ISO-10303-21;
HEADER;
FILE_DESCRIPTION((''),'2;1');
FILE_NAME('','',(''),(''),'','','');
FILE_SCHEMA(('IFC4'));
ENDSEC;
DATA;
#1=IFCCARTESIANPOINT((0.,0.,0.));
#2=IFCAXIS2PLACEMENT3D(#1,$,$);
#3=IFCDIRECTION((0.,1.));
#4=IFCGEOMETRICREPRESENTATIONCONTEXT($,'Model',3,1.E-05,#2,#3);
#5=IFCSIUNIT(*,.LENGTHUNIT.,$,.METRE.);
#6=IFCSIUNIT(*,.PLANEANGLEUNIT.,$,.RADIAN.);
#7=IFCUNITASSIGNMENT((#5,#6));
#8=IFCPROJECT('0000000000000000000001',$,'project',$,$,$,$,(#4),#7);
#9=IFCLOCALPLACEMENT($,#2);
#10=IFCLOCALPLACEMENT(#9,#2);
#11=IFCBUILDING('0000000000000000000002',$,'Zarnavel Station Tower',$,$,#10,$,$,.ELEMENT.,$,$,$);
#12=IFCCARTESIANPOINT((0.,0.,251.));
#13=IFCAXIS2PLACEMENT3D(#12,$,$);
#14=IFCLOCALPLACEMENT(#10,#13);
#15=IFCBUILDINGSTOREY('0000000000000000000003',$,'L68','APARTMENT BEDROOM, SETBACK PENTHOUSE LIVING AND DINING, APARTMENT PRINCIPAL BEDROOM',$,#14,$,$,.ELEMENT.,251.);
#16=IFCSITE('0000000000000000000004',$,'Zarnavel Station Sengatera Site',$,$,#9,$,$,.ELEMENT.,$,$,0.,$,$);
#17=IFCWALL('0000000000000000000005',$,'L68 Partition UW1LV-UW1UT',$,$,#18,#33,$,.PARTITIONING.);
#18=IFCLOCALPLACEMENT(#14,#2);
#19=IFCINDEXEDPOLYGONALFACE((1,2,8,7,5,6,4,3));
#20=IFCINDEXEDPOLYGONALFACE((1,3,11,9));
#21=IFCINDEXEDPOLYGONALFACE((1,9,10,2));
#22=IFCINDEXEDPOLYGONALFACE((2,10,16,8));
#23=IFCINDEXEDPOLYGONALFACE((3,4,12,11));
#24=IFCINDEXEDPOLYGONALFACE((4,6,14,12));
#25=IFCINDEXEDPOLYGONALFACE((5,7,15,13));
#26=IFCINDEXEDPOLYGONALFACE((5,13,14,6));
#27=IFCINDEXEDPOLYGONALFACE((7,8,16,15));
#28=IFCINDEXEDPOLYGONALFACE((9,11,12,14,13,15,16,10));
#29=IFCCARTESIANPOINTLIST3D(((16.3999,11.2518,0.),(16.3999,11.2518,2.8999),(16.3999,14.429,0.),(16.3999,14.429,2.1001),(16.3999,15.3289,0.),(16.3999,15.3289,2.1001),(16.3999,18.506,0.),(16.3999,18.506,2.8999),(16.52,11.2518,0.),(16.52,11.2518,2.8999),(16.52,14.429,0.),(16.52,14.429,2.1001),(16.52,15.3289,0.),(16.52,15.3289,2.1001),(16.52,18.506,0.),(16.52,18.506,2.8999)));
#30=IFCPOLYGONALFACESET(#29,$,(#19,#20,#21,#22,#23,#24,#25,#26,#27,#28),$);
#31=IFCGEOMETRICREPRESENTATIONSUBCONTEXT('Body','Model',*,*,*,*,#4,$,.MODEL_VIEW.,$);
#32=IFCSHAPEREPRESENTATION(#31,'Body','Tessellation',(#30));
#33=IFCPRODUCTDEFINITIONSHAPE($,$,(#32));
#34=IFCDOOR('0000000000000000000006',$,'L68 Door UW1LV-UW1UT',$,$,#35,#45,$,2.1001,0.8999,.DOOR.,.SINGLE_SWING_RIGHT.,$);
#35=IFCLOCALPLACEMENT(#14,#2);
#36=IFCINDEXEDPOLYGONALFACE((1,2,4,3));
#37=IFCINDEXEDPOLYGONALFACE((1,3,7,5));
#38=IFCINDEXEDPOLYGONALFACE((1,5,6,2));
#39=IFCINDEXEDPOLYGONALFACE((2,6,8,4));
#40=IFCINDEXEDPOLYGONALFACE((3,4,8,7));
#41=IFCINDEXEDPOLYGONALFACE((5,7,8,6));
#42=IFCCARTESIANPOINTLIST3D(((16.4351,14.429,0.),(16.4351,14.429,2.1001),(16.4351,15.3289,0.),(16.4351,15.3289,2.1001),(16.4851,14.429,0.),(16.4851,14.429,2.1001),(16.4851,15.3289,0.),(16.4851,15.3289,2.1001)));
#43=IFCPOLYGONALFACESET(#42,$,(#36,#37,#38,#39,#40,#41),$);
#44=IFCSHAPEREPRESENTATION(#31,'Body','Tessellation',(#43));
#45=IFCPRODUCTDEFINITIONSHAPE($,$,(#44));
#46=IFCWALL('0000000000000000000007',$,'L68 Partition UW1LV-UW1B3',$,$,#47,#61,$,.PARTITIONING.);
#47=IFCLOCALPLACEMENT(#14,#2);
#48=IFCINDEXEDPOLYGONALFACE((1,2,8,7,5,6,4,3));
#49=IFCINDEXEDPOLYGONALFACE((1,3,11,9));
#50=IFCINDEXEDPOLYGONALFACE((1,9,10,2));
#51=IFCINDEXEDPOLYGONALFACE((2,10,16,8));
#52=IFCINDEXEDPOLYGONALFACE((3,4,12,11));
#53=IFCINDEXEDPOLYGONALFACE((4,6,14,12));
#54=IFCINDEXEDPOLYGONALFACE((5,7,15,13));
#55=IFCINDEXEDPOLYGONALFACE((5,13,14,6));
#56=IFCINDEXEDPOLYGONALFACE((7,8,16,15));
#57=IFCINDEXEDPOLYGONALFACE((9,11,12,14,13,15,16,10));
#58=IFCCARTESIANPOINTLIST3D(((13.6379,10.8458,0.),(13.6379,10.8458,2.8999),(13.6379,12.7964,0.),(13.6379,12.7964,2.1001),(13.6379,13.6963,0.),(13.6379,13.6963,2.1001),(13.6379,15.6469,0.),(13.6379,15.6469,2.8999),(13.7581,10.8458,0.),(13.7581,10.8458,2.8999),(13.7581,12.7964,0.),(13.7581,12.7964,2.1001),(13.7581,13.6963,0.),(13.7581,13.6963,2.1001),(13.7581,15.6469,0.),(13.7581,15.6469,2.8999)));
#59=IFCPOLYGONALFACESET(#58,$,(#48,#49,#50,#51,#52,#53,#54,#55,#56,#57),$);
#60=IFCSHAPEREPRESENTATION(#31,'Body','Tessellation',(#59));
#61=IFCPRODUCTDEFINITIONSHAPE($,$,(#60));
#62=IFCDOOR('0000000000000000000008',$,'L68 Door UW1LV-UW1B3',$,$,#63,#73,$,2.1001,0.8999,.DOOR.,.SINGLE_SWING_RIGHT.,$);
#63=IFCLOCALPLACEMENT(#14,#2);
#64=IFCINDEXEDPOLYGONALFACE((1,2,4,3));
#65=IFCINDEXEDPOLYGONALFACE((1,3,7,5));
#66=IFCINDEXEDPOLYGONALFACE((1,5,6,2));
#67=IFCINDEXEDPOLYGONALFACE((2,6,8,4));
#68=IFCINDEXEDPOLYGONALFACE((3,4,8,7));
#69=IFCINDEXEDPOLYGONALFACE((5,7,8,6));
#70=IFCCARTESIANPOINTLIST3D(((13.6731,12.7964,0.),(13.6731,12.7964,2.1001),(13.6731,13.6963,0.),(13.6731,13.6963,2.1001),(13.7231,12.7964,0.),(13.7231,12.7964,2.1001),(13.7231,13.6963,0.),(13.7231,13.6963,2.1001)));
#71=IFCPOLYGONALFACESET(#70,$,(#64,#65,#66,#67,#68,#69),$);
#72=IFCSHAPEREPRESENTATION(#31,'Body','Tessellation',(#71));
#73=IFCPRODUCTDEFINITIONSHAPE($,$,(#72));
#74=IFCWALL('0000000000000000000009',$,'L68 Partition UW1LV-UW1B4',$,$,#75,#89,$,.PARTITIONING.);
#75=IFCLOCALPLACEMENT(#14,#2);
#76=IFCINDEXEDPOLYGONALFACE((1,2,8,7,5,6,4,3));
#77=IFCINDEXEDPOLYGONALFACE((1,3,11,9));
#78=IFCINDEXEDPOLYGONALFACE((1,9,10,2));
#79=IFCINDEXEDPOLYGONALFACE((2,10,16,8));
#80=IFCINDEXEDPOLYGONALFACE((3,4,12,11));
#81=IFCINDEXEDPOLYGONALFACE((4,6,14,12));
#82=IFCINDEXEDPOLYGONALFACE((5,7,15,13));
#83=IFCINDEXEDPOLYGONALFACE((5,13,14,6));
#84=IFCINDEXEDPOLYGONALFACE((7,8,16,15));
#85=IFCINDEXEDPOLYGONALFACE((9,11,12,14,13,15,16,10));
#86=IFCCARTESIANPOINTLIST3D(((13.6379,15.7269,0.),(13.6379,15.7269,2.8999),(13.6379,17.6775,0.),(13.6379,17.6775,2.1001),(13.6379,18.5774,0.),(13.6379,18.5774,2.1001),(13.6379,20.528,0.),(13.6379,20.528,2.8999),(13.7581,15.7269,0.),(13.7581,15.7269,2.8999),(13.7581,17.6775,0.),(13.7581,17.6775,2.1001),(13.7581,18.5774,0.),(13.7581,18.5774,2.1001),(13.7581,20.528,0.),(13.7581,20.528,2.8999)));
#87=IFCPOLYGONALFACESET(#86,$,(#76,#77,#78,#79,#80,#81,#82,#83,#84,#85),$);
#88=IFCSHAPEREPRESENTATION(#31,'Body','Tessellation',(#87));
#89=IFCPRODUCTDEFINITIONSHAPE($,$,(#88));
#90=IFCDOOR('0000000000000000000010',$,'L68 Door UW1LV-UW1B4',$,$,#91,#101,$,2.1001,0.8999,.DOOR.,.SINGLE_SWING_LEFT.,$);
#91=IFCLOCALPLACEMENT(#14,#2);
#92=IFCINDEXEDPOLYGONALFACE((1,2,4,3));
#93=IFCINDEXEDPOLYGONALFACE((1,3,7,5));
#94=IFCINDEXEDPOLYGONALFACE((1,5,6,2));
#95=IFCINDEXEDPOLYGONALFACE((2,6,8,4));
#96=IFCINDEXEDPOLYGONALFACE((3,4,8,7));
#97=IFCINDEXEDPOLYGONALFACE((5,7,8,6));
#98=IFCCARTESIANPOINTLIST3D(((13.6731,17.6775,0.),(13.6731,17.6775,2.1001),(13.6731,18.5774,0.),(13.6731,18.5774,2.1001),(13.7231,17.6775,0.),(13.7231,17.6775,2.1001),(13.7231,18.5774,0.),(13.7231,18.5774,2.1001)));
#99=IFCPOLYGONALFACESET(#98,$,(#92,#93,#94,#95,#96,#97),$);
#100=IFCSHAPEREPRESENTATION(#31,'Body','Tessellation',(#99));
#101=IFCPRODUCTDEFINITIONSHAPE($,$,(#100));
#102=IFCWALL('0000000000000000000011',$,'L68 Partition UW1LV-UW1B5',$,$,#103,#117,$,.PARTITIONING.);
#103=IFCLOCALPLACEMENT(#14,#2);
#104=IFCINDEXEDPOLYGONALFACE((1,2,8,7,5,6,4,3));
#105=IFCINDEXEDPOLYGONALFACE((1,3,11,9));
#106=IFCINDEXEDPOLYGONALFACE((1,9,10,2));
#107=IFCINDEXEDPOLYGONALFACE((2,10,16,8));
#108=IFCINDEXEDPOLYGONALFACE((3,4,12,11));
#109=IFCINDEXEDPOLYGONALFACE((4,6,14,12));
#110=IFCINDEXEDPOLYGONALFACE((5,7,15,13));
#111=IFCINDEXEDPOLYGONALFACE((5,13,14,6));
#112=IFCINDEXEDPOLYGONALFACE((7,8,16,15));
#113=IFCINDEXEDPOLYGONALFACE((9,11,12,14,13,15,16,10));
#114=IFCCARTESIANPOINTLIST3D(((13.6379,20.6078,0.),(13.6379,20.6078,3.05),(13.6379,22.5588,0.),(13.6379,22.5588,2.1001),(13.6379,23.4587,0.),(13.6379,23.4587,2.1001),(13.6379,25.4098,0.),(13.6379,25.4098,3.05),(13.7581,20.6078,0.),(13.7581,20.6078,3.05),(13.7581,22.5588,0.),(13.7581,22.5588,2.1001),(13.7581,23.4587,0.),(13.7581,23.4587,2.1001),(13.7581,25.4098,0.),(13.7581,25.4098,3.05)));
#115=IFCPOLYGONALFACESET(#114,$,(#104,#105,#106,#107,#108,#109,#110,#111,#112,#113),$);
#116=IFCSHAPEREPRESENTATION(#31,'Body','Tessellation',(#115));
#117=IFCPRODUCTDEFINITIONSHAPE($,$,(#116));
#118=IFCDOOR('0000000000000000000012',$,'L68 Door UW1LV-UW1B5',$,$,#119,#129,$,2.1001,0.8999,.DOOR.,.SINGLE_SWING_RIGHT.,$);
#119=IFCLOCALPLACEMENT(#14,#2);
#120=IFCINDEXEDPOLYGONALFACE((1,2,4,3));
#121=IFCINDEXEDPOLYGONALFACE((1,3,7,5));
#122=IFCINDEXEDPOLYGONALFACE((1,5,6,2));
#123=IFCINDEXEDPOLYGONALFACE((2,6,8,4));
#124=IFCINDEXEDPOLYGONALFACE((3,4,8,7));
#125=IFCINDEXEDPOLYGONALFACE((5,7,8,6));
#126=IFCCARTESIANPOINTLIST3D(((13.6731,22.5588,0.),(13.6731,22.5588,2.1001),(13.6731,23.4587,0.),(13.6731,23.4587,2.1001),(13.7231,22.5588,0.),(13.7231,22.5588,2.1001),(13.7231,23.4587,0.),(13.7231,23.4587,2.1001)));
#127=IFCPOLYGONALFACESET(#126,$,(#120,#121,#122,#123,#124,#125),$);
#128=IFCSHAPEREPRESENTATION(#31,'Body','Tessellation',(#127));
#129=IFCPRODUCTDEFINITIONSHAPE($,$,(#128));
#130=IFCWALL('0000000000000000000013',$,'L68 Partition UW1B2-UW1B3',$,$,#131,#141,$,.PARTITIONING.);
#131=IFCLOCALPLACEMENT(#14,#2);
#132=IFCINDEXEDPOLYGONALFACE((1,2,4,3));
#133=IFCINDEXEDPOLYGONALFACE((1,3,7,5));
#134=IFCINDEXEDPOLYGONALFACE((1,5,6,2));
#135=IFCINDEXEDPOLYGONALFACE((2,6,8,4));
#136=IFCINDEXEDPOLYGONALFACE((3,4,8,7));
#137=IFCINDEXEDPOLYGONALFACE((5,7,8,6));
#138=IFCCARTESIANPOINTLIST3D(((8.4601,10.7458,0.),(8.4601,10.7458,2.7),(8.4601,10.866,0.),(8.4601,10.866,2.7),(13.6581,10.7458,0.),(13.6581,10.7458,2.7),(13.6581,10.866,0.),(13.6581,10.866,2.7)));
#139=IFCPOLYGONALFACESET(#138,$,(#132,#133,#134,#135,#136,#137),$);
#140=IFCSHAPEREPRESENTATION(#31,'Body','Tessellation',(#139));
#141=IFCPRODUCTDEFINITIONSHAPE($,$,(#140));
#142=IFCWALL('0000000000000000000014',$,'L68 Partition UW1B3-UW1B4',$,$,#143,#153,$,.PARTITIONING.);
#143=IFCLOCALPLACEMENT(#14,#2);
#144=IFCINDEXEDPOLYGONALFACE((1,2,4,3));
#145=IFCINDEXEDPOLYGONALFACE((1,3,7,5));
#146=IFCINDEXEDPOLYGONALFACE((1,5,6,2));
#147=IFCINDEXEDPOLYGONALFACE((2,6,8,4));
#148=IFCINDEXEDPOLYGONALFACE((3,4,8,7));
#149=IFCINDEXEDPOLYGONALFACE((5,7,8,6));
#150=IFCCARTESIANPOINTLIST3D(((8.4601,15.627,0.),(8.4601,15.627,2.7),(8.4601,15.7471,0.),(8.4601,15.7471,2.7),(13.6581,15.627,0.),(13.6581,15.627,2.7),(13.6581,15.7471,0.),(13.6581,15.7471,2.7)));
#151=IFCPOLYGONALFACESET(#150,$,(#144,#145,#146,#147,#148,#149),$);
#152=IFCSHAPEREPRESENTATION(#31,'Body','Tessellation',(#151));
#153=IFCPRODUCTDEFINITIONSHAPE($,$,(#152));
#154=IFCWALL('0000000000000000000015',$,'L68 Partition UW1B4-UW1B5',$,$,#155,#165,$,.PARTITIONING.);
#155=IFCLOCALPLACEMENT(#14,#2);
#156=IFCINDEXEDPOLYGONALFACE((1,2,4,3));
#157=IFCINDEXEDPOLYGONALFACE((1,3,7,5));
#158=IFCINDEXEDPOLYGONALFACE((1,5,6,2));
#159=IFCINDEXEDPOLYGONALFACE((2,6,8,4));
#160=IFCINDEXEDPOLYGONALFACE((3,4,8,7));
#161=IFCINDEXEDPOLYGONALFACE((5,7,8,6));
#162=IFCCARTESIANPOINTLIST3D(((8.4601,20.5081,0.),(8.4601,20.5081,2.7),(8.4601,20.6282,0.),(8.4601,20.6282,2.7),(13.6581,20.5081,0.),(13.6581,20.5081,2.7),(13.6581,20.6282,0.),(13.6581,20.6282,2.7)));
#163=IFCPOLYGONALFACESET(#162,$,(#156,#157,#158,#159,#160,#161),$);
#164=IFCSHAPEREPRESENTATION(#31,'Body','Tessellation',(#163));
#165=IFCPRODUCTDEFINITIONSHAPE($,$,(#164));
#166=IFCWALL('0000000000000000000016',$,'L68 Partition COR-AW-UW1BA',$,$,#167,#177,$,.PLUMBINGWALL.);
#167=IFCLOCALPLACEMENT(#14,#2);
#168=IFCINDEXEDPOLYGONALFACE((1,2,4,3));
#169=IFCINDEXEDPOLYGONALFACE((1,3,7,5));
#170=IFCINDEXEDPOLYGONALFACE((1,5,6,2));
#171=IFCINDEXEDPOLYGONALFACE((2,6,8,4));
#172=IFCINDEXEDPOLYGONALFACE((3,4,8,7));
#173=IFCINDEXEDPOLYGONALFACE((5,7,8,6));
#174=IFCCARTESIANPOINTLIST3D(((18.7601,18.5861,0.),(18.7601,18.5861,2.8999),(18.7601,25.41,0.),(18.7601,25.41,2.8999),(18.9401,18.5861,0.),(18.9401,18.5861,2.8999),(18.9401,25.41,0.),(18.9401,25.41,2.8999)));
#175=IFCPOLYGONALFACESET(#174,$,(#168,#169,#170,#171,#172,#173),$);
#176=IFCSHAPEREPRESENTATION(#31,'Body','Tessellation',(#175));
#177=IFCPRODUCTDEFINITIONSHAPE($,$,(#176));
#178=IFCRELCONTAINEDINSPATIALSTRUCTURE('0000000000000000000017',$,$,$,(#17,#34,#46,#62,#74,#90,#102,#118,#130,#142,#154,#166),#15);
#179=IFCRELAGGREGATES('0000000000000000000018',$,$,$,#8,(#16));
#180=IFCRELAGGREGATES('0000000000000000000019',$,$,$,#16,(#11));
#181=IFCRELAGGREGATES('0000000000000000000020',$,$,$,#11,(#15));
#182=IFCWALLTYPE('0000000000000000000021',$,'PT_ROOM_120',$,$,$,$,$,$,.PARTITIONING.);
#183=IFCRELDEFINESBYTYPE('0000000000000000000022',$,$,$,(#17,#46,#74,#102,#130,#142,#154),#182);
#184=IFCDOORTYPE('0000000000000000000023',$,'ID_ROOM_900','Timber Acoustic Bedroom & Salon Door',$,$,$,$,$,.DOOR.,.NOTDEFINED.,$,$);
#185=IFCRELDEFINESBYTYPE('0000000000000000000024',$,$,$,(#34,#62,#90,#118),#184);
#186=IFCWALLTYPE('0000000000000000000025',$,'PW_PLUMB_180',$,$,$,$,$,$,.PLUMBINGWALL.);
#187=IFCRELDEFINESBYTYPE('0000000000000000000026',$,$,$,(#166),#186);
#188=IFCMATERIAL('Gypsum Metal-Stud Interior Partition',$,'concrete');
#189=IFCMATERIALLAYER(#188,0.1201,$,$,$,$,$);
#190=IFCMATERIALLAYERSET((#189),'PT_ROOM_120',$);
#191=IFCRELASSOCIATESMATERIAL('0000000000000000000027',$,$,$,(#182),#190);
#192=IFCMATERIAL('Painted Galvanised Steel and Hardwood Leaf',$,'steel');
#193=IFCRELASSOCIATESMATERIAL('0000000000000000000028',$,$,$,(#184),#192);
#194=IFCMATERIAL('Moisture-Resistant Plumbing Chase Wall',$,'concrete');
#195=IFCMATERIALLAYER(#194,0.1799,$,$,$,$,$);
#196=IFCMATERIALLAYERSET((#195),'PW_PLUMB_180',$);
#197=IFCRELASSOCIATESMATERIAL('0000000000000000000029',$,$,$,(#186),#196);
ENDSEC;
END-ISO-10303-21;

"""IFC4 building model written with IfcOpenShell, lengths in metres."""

from ifc_helpers import new_model, si_unit, direction, frame, frame_2d, origin, place, context, subcontext, project, spatial, rectangle, extrude, material, layer, layer_set, type_object, element, fill, save


model = new_model("IFC4")

# Units and contexts
model_context = context("Model", 3, precision=1e-05, world=origin(), true_north=direction((0.0, 1.0)))
body_context = subcontext(model_context, "Body", "Model", "MODEL_VIEW")
ifc_project = project(units=[si_unit("LENGTHUNIT", "METRE"), si_unit("PLANEANGLEUNIT", "RADIAN")], contexts=[model_context])

# Site, building, storey
site_placement = place(None, origin())
site = spatial("IfcSite", under=ifc_project, at=site_placement, Name="Zarnavel Station Sengatera Site", CompositionType="ELEMENT", RefElevation=0.0)
building_placement = place(site_placement, origin())
building = spatial("IfcBuilding", under=site, at=building_placement, Name="Zarnavel Station Tower", CompositionType="ELEMENT")
storey_placement = place(building_placement, frame((0.0, 0.0, 251.0)))
storey = spatial("IfcBuildingStorey", under=building, at=storey_placement, Name="L68", Description="APARTMENT BEDROOM, SETBACK PENTHOUSE LIVING AND DINING, APARTMENT PRINCIPAL BEDROOM", CompositionType="ELEMENT", Elevation=251.0)

# Walls, openings, doors
ifc_material_1 = material(Name="Gypsum Metal-Stud Interior Partition", Category="concrete")
ifc_layer_1 = layer(ifc_material_1, 0.1201)
ifc_layer_set_1 = layer_set([ifc_layer_1], Name="PT_ROOM_120")
wall_type_1 = type_object("IfcWallType", Name="PT_ROOM_120", PredefinedType="PARTITIONING", material=ifc_layer_set_1)
wall_1_placement = place(storey_placement, frame((16.46, 11.252, 0.0), z_axis=(0.0, 0.0, 1.0), x_axis=(0.0, 1.0, 0.0)))
wall_1 = element("IfcWall", 1, at=wall_1_placement, inside=storey, type_object=wall_type_1, Name="L68 Partition UW1LV-UW1UT", PredefinedType="PARTITIONING", context=body_context, shape_type="SweptSolid", body=[
    extrude(rectangle(XDim=7.2542, YDim=0.1201, at=frame_2d((3.627, 0.0))), origin(), (0.0, 0.0, 1.0), 2.8999),
])
opening_1_placement = place(wall_1_placement, frame((3.177, 0.0, 0.0)))
opening_1 = element("IfcOpeningElement", 2, at=opening_1_placement, cuts=wall_1, PredefinedType="OPENING", context=body_context, shape_type="SweptSolid", body=[
    extrude(rectangle(XDim=0.8999, YDim=2.1001, at=frame_2d((0.45, 1.05))), frame((0.0, 0.0701, 0.0), z_axis=(0.0, -1.0, 0.0), x_axis=(1.0, 0.0, 0.0)), (0.0, 0.0, 1.0), 0.1401),
])
ifc_material_2 = material(Name="Painted Galvanised Steel and Hardwood Leaf", Category="steel")
door_type_1 = type_object("IfcDoorType", Name="ID_ROOM_900", Description="Timber Acoustic Bedroom & Salon Door", OperationType="NOTDEFINED", PredefinedType="DOOR", material=ifc_material_2)
door_1_placement = place(opening_1_placement, origin())
door_1 = element("IfcDoor", 3, at=door_1_placement, inside=storey, type_object=door_type_1, Name="L68 Door UW1LV-UW1UT", OperationType="SINGLE_SWING_RIGHT", OverallHeight=2.1001, OverallWidth=0.8999, PredefinedType="DOOR", context=body_context, shape_type="SweptSolid", body=[
    extrude(rectangle(XDim=0.8999, YDim=2.1001, at=frame_2d((0.45, 1.05))), frame((0.0, 0.0249, 0.0), z_axis=(0.0, -1.0, 0.0), x_axis=(1.0, 0.0, 0.0)), (0.0, 0.0, 1.0), 0.05),
])
fill(opening_1, door_1)
wall_2_placement = place(storey_placement, frame((13.698, 10.8459, 0.0), z_axis=(0.0, 0.0, 1.0), x_axis=(0.0, 1.0, 0.0)))
wall_2 = element("IfcWall", 4, at=wall_2_placement, inside=storey, type_object=wall_type_1, Name="L68 Partition UW1LV-UW1B3", PredefinedType="PARTITIONING", context=body_context, shape_type="SweptSolid", body=[
    extrude(rectangle(XDim=4.801, YDim=0.1201, at=frame_2d((2.4004, 0.0))), origin(), (0.0, 0.0, 1.0), 2.8999),
])
opening_2_placement = place(wall_2_placement, frame((1.9504, 0.0, 0.0)))
opening_2 = element("IfcOpeningElement", 5, at=opening_2_placement, cuts=wall_2, PredefinedType="OPENING", context=body_context, shape_type="SweptSolid", body=[
    extrude(rectangle(XDim=0.8999, YDim=2.1001, at=frame_2d((0.45, 1.05))), frame((0.0, 0.0701, 0.0), z_axis=(0.0, -1.0, 0.0), x_axis=(1.0, 0.0, 0.0)), (0.0, 0.0, 1.0), 0.1401),
])
door_2_placement = place(opening_2_placement, origin())
door_2 = element("IfcDoor", 6, at=door_2_placement, inside=storey, type_object=door_type_1, Name="L68 Door UW1LV-UW1B3", OperationType="SINGLE_SWING_RIGHT", OverallHeight=2.1001, OverallWidth=0.8999, PredefinedType="DOOR", context=body_context, shape_type="SweptSolid", body=[
    extrude(rectangle(XDim=0.8999, YDim=2.1001, at=frame_2d((0.45, 1.05))), frame((0.0, 0.0249, 0.0), z_axis=(0.0, -1.0, 0.0), x_axis=(1.0, 0.0, 0.0)), (0.0, 0.0, 1.0), 0.05),
])
fill(opening_2, door_2)
wall_3_placement = place(storey_placement, frame((13.698, 15.7271, 0.0), z_axis=(0.0, 0.0, 1.0), x_axis=(0.0, 1.0, 0.0)))
wall_3 = element("IfcWall", 7, at=wall_3_placement, inside=storey, type_object=wall_type_1, Name="L68 Partition UW1LV-UW1B4", PredefinedType="PARTITIONING", context=body_context, shape_type="SweptSolid", body=[
    extrude(rectangle(XDim=4.801, YDim=0.1201, at=frame_2d((2.4004, 0.0))), origin(), (0.0, 0.0, 1.0), 2.8999),
])
opening_3_placement = place(wall_3_placement, frame((1.9504, 0.0, 0.0)))
opening_3 = element("IfcOpeningElement", 8, at=opening_3_placement, cuts=wall_3, PredefinedType="OPENING", context=body_context, shape_type="SweptSolid", body=[
    extrude(rectangle(XDim=0.8999, YDim=2.1001, at=frame_2d((0.45, 1.05))), frame((0.0, 0.0701, 0.0), z_axis=(0.0, -1.0, 0.0), x_axis=(1.0, 0.0, 0.0)), (0.0, 0.0, 1.0), 0.1401),
])
door_3_placement = place(opening_3_placement, origin())
door_3 = element("IfcDoor", 9, at=door_3_placement, inside=storey, type_object=door_type_1, Name="L68 Door UW1LV-UW1B4", OperationType="SINGLE_SWING_LEFT", OverallHeight=2.1001, OverallWidth=0.8999, PredefinedType="DOOR", context=body_context, shape_type="SweptSolid", body=[
    extrude(rectangle(XDim=0.8999, YDim=2.1001, at=frame_2d((0.45, 1.05))), frame((0.0, 0.0249, 0.0), z_axis=(0.0, -1.0, 0.0), x_axis=(1.0, 0.0, 0.0)), (0.0, 0.0, 1.0), 0.05),
])
fill(opening_3, door_3)
wall_4_placement = place(storey_placement, frame((13.698, 20.6079, 0.0), z_axis=(0.0, 0.0, 1.0), x_axis=(0.0, 1.0, 0.0)))
wall_4 = element("IfcWall", 10, at=wall_4_placement, inside=storey, type_object=wall_type_1, Name="L68 Partition UW1LV-UW1B5", PredefinedType="PARTITIONING", context=body_context, shape_type="SweptSolid", body=[
    extrude(rectangle(XDim=4.802, YDim=0.1201, at=frame_2d((2.4009, 0.0))), origin(), (0.0, 0.0, 1.0), 3.05),
])
opening_4_placement = place(wall_4_placement, frame((1.9509, 0.0, 0.0)))
opening_4 = element("IfcOpeningElement", 11, at=opening_4_placement, cuts=wall_4, PredefinedType="OPENING", context=body_context, shape_type="SweptSolid", body=[
    extrude(rectangle(XDim=0.8999, YDim=2.1001, at=frame_2d((0.45, 1.05))), frame((0.0, 0.0701, 0.0), z_axis=(0.0, -1.0, 0.0), x_axis=(1.0, 0.0, 0.0)), (0.0, 0.0, 1.0), 0.1401),
])
door_4_placement = place(opening_4_placement, origin())
door_4 = element("IfcDoor", 12, at=door_4_placement, inside=storey, type_object=door_type_1, Name="L68 Door UW1LV-UW1B5", OperationType="SINGLE_SWING_RIGHT", OverallHeight=2.1001, OverallWidth=0.8999, PredefinedType="DOOR", context=body_context, shape_type="SweptSolid", body=[
    extrude(rectangle(XDim=0.8999, YDim=2.1001, at=frame_2d((0.45, 1.05))), frame((0.0, 0.0249, 0.0), z_axis=(0.0, -1.0, 0.0), x_axis=(1.0, 0.0, 0.0)), (0.0, 0.0, 1.0), 0.05),
])
fill(opening_4, door_4)

# Walls
for number, where, z_axis, x_axis, name in (
    (13, (8.46, 10.8059, 0.0), (0.0, 0.0, 1.0), (1.0, 0.0, 0.0), "L68 Partition UW1B2-UW1B3"),
    (14, (8.46, 15.687, 0.0), (0.0, 0.0, 1.0), (1.0, 0.0, 0.0), "L68 Partition UW1B3-UW1B4"),
    (15, (8.46, 20.5681, 0.0), (0.0, 0.0, 1.0), (1.0, 0.0, 0.0), "L68 Partition UW1B4-UW1B5"),
):
    element("IfcWall", number, at=place(storey_placement, frame(where, z_axis=z_axis, x_axis=x_axis)), inside=storey, type_object=wall_type_1, Name=name, PredefinedType="PARTITIONING", context=body_context, shape_type="SweptSolid", body=[
        extrude(rectangle(XDim=5.198, YDim=0.1201, at=frame_2d((2.5991, 0.0))), origin(), (0.0, 0.0, 1.0), 2.7),
    ])
ifc_material_3 = material(Name="Moisture-Resistant Plumbing Chase Wall", Category="concrete")
ifc_layer_2 = layer(ifc_material_3, 0.1799)
ifc_layer_set_2 = layer_set([ifc_layer_2], Name="PW_PLUMB_180")
wall_type_2 = type_object("IfcWallType", Name="PW_PLUMB_180", PredefinedType="PLUMBINGWALL", material=ifc_layer_set_2)
wall_5_placement = place(storey_placement, frame((18.8501, 18.5859, 0.0), z_axis=(0.0, 0.0, 1.0), x_axis=(0.0, 1.0, 0.0)))
element("IfcWall", 16, at=wall_5_placement, inside=storey, type_object=wall_type_2, Name="L68 Partition COR-AW-UW1BA", PredefinedType="PLUMBINGWALL", context=body_context, shape_type="SweptSolid", body=[
    extrude(rectangle(XDim=6.824, YDim=0.1799, at=frame_2d((3.4121, 0.0))), origin(), (0.0, 0.0, 1.0), 2.8999),
])

save(model, "model.ifc")
